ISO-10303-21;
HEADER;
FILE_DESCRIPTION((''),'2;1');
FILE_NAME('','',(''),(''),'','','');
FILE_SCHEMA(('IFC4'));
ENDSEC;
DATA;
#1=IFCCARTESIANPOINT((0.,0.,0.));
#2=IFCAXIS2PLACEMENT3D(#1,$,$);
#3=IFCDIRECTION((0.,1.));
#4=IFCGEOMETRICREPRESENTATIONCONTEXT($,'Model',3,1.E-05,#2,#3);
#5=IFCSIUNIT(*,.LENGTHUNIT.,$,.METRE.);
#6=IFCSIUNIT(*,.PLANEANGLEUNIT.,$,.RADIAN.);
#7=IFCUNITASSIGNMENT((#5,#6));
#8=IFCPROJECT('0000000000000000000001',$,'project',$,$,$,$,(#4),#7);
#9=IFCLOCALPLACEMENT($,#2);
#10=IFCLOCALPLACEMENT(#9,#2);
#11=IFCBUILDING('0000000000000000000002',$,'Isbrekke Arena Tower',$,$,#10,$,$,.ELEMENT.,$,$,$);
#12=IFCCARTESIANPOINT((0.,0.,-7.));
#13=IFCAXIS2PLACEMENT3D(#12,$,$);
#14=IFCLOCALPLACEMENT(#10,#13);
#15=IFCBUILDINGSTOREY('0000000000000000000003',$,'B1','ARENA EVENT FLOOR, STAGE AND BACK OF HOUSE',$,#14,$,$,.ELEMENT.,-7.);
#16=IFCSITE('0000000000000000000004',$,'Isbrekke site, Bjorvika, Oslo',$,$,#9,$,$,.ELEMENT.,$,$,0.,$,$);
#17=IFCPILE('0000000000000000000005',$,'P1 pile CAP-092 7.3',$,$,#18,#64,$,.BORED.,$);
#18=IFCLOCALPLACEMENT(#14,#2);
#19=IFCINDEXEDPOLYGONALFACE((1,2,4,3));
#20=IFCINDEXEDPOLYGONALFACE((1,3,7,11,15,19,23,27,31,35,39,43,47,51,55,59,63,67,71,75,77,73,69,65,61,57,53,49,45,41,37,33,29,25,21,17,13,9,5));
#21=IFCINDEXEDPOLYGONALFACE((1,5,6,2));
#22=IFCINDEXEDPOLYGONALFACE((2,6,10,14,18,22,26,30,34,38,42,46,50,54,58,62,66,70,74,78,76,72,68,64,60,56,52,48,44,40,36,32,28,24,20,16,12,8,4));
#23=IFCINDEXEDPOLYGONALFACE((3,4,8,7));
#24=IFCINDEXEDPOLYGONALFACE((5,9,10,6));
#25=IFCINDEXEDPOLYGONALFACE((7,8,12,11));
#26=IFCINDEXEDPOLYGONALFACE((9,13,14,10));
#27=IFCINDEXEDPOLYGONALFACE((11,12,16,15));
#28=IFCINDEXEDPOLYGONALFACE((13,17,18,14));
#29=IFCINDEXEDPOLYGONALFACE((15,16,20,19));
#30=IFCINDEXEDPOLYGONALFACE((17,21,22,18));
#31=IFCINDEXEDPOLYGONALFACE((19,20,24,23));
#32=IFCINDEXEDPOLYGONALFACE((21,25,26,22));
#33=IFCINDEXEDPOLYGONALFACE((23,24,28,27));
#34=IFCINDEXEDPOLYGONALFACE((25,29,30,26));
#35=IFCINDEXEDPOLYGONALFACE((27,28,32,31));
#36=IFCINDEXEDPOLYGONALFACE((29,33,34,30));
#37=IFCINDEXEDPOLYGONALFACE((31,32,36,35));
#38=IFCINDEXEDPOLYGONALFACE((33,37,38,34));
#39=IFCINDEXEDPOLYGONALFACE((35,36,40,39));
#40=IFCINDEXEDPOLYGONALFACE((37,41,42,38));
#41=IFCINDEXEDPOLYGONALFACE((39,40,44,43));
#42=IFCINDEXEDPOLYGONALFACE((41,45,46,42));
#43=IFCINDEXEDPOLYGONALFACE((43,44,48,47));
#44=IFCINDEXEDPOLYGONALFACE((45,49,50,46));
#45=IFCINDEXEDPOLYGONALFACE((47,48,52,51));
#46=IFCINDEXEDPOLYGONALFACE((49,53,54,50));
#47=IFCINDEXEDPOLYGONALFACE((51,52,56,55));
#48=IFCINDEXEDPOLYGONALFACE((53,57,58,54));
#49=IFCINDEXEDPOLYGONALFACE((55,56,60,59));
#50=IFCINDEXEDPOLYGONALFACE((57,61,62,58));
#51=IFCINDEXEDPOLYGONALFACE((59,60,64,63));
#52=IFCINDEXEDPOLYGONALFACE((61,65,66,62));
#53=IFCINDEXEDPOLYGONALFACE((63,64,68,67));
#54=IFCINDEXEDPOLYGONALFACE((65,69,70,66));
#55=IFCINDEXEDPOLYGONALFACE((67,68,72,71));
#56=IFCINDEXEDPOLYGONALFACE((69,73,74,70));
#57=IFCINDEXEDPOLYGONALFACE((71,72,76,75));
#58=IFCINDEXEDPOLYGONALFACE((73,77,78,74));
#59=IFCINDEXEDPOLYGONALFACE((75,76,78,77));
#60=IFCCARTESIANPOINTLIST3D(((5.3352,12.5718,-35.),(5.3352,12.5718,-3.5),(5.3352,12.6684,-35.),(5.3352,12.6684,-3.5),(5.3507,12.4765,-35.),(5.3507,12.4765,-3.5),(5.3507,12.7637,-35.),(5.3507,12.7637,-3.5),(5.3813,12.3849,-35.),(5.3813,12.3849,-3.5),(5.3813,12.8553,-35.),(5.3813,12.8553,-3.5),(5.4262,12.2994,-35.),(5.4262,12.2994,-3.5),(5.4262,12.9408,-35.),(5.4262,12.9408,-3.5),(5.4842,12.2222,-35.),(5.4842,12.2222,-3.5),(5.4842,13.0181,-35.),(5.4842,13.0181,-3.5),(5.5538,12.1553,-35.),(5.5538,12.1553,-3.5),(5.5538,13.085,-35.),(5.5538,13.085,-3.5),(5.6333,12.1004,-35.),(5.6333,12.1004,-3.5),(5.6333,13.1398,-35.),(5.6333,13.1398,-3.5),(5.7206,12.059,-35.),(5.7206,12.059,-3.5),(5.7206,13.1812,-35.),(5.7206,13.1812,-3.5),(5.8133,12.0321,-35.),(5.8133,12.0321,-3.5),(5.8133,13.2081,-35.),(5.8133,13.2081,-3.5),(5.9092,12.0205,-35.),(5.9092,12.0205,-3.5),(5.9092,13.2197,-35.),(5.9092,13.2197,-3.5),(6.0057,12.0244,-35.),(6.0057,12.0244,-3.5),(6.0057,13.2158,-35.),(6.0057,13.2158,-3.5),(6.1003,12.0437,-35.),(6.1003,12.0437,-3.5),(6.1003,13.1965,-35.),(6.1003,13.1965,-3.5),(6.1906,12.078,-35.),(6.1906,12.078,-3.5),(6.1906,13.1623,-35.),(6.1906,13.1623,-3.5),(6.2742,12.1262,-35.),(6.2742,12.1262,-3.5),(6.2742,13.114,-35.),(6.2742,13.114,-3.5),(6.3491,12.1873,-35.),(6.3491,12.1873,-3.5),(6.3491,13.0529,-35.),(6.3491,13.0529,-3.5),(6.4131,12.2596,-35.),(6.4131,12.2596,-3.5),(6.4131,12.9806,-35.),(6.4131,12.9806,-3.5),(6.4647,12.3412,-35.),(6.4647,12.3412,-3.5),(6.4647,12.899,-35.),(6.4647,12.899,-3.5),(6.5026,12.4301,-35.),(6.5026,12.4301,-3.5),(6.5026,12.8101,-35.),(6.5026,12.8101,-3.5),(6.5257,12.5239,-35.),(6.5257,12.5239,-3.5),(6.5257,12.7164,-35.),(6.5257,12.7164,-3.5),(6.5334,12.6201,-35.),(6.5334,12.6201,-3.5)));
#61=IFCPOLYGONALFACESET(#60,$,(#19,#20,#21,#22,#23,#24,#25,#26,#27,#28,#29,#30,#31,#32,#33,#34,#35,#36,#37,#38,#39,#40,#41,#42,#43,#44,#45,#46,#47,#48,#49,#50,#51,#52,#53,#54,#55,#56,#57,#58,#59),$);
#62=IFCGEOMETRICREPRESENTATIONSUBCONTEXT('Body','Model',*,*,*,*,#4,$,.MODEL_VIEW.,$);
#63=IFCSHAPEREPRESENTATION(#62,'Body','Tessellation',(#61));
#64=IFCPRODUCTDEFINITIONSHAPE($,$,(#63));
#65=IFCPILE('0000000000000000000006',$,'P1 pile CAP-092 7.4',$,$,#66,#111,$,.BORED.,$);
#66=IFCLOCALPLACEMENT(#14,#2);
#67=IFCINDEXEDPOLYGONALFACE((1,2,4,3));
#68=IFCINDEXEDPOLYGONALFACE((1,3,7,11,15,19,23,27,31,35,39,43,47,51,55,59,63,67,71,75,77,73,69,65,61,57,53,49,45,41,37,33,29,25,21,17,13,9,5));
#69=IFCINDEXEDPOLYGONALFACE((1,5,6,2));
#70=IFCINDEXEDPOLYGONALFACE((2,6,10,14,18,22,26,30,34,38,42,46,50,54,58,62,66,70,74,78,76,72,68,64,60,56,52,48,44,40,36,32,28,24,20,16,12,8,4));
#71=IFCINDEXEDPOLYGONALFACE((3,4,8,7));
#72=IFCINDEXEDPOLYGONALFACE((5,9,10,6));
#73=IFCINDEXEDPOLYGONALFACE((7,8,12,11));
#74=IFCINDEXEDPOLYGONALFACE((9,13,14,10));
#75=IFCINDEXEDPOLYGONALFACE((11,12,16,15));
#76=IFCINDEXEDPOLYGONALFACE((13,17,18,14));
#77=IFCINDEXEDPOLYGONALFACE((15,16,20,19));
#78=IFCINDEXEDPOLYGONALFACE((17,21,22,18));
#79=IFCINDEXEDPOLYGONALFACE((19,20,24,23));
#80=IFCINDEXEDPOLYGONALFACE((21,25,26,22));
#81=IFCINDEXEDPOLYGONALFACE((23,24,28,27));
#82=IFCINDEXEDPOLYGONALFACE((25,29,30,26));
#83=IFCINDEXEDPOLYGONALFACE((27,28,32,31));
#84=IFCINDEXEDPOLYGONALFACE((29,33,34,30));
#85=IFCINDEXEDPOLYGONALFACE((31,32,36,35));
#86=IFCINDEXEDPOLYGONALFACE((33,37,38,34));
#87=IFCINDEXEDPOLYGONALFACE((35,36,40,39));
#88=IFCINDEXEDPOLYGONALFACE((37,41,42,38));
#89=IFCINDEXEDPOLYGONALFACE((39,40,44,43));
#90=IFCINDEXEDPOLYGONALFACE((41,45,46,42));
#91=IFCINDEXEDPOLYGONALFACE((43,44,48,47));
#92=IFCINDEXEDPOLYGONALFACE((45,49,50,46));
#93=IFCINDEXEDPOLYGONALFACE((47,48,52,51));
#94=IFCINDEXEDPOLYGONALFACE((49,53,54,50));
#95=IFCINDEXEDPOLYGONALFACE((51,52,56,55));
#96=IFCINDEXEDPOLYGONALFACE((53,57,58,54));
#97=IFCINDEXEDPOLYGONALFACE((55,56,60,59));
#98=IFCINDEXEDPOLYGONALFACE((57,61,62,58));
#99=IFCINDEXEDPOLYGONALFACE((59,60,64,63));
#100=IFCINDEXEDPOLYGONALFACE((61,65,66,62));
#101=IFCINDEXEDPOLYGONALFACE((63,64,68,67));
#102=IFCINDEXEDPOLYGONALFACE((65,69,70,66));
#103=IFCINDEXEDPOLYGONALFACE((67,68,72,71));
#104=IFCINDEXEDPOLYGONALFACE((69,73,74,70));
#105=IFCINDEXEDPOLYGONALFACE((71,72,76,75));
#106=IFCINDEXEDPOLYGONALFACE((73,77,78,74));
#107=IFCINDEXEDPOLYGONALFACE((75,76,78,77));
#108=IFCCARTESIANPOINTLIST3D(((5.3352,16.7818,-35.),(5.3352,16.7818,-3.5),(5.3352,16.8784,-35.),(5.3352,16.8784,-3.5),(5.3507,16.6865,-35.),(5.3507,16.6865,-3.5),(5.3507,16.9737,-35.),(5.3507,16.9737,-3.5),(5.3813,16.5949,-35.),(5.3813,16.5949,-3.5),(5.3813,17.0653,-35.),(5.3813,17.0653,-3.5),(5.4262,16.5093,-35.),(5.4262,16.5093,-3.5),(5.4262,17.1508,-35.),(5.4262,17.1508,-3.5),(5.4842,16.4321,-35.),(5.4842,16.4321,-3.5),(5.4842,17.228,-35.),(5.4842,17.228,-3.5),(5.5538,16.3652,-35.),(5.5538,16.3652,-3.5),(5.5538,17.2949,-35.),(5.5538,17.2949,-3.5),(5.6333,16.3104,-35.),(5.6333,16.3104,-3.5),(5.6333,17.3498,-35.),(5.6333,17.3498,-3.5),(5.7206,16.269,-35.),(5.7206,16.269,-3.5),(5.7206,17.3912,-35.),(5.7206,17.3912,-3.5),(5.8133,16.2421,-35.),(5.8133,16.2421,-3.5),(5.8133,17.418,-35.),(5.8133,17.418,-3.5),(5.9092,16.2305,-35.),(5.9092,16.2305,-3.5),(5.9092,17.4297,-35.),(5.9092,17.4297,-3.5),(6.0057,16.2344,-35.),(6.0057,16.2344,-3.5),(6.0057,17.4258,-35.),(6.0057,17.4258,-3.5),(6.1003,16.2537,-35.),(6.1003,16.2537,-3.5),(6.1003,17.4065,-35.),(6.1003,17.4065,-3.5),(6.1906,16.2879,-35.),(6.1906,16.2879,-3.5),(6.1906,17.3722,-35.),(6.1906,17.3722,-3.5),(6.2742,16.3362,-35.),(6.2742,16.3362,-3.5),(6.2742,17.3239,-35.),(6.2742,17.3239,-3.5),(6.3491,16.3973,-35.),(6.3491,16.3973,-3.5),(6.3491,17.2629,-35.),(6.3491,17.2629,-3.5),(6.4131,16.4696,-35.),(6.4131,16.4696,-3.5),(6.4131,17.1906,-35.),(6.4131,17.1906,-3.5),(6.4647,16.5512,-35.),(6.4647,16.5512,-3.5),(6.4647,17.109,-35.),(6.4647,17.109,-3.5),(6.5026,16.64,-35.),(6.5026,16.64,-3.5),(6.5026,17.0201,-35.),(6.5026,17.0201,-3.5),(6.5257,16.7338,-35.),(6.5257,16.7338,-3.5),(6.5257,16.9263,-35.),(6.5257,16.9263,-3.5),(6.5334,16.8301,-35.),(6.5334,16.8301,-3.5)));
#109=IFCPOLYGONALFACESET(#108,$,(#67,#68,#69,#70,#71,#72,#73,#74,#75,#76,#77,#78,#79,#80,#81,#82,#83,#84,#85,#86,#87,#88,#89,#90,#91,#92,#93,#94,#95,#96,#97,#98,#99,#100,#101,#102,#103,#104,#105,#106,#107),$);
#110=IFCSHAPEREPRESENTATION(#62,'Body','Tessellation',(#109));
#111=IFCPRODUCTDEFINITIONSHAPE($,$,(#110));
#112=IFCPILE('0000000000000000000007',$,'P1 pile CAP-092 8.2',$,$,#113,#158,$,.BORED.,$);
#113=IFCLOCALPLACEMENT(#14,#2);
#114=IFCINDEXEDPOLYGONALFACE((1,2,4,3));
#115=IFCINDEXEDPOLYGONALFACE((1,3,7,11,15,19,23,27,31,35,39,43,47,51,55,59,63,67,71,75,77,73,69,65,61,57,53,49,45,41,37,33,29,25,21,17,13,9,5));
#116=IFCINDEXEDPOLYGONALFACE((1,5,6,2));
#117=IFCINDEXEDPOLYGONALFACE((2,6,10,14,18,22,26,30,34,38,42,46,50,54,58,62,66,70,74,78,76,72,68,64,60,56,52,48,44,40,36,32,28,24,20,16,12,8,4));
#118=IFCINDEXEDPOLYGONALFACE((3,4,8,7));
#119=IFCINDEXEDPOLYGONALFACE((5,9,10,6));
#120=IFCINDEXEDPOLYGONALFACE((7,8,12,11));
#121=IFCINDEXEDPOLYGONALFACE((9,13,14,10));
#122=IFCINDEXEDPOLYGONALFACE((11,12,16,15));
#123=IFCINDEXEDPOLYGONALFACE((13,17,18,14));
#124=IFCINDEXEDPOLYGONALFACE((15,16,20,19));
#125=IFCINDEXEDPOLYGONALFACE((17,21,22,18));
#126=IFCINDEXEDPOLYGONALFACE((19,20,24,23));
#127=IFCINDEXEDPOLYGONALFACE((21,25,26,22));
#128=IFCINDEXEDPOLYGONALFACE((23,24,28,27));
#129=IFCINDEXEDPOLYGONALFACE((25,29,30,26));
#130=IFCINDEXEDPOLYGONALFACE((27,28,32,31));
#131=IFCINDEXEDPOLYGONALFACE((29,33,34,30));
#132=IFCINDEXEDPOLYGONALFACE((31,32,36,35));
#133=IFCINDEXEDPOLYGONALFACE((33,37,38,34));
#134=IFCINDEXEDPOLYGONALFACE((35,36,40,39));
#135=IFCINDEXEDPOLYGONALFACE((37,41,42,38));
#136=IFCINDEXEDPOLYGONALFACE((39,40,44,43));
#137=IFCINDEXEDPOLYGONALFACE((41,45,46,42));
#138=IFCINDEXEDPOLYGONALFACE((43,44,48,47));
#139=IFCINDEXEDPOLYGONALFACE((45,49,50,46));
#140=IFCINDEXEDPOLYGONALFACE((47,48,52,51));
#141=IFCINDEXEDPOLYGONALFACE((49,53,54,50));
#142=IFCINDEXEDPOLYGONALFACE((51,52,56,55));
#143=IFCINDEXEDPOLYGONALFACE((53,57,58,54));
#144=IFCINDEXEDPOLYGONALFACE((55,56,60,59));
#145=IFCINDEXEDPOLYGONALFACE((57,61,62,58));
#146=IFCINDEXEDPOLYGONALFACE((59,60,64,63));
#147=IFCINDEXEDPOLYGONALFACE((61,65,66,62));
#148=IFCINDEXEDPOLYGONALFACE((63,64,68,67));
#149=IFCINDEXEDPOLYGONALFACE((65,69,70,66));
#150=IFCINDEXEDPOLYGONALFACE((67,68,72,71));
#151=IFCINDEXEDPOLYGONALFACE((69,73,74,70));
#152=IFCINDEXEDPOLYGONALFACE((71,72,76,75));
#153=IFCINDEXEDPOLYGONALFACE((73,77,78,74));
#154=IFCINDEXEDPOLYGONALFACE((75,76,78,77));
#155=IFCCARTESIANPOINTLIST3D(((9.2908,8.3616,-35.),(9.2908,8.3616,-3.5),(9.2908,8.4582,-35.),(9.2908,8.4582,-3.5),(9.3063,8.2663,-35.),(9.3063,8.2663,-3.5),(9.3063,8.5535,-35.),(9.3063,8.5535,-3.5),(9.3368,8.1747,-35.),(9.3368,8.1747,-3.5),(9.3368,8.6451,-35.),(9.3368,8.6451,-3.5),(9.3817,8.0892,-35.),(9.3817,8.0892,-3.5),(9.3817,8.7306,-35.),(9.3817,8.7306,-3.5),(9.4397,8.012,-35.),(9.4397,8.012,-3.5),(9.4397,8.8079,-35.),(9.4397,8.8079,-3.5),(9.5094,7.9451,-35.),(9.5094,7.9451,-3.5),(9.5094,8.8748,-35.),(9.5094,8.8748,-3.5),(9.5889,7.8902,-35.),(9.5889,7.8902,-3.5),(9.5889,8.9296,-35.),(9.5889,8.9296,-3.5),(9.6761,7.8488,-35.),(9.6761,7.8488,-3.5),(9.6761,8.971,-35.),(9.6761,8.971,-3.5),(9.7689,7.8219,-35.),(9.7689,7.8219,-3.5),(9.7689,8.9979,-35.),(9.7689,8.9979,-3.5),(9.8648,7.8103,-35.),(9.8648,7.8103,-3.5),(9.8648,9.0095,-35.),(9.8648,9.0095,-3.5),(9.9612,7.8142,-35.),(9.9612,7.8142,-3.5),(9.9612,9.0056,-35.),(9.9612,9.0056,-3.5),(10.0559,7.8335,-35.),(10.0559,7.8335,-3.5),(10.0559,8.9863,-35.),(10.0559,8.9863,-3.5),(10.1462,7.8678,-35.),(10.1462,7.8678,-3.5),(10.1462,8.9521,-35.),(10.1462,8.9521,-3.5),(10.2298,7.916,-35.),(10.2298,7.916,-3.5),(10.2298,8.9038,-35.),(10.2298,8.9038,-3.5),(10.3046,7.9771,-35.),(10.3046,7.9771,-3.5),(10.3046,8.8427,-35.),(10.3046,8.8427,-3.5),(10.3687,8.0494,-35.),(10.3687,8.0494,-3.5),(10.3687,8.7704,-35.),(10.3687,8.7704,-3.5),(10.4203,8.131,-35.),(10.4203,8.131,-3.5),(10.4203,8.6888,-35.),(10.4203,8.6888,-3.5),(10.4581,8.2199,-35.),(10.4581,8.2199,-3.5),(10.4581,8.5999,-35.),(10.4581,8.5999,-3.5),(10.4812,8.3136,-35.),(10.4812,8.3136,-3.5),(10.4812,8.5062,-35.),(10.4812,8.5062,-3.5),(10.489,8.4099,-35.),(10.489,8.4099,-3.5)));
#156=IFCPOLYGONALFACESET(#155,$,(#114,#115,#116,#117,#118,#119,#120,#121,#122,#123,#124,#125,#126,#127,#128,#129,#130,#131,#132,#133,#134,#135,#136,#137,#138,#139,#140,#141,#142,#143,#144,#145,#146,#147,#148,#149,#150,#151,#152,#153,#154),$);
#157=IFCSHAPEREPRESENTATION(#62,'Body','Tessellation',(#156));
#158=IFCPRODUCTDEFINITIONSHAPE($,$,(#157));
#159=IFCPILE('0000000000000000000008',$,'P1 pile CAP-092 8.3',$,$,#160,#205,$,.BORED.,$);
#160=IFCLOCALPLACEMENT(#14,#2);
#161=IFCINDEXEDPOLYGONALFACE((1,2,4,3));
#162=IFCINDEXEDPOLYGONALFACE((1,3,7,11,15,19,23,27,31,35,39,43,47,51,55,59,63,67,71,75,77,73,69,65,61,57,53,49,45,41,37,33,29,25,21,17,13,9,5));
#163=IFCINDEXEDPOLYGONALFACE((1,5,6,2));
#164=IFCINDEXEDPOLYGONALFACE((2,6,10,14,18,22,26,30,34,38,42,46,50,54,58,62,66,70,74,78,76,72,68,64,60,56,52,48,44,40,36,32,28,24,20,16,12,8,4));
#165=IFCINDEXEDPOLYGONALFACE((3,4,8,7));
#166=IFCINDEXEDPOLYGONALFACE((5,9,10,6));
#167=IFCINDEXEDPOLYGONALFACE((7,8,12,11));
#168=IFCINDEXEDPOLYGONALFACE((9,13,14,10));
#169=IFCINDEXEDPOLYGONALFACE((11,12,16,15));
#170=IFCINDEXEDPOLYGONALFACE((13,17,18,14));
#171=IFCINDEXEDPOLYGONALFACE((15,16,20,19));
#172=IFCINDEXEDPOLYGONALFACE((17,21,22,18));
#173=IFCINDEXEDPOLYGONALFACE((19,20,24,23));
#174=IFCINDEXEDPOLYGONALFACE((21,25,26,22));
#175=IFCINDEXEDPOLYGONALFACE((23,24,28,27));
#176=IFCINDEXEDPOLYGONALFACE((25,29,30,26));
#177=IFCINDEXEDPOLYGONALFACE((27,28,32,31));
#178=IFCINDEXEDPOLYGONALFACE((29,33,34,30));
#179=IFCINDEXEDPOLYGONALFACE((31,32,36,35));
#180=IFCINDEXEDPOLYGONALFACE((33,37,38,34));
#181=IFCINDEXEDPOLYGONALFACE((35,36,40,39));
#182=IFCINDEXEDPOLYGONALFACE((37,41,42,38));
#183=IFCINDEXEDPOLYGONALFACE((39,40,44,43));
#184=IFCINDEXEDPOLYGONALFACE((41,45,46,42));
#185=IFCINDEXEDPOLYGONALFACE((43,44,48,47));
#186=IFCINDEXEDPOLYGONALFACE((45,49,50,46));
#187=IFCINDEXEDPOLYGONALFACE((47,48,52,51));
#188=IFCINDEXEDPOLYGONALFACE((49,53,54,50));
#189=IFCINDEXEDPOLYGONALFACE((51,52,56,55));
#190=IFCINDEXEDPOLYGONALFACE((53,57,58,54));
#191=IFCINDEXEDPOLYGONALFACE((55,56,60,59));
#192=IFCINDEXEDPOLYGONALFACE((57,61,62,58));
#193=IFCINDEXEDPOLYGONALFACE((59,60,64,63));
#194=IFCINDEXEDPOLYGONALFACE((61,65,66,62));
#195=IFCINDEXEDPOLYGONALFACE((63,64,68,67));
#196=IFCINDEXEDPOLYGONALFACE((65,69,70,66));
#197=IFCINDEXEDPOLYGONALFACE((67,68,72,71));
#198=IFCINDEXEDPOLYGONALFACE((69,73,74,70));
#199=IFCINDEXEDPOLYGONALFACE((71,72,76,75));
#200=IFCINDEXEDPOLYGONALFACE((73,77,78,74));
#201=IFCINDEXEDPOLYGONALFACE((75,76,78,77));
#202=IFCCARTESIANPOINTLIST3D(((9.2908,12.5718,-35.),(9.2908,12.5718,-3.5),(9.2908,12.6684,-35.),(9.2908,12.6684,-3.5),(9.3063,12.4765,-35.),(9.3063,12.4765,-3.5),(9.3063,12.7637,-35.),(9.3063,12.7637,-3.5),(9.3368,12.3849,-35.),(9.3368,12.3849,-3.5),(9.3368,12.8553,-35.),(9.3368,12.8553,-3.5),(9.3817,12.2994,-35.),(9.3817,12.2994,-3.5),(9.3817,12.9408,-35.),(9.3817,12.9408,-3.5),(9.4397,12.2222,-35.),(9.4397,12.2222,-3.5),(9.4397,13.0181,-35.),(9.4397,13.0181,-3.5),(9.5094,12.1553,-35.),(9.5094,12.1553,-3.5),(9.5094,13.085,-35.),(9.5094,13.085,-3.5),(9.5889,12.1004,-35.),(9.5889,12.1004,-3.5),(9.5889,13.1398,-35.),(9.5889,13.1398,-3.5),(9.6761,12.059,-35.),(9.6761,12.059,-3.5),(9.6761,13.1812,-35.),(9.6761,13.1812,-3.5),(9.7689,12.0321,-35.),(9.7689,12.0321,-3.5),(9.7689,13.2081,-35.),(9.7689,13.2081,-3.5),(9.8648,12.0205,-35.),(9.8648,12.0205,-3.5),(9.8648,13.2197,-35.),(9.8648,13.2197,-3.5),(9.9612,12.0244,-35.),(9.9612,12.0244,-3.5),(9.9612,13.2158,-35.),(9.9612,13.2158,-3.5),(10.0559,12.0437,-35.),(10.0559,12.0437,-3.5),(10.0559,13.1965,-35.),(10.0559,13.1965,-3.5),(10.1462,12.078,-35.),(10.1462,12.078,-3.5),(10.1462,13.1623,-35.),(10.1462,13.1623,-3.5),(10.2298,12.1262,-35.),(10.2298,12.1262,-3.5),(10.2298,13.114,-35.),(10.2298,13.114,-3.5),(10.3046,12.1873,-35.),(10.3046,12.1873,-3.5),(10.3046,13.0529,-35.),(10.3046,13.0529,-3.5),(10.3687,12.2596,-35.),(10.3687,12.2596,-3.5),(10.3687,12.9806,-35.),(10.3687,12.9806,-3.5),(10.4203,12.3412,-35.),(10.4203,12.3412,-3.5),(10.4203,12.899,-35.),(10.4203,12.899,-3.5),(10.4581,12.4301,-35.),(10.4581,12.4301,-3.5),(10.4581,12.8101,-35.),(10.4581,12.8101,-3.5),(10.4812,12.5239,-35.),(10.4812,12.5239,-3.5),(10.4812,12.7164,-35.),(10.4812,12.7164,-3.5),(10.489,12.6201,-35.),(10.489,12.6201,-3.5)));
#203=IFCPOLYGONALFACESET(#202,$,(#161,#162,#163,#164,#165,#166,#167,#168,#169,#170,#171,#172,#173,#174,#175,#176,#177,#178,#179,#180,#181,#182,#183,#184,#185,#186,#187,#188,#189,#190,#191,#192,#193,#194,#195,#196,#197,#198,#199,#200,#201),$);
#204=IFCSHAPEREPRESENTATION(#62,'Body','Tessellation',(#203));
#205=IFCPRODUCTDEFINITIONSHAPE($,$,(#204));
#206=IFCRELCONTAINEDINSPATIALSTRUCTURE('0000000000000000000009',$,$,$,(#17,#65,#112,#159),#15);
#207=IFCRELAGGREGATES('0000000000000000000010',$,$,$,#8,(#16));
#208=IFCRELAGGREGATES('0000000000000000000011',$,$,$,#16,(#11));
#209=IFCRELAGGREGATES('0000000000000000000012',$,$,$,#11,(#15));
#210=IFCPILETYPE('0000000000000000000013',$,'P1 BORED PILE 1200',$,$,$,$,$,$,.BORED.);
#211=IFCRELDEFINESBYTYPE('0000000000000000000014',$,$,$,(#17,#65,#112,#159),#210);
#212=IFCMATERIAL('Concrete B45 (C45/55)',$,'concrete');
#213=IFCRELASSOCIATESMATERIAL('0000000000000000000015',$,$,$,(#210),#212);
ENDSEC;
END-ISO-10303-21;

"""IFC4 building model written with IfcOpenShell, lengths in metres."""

from ifc_helpers import new_model, si_unit, direction, frame, origin, origin_2d, place, context, subcontext, project, spatial, circle, extrude, material, material_profile, profile_set, type_object, element, save


model = new_model("IFC4")

# Units and contexts
model_context = context("Model", 3, precision=1e-05, world=origin(), true_north=direction((0.0, 1.0)))
body_context = subcontext(model_context, "Body", "Model", "MODEL_VIEW")
ifc_project = project(units=[si_unit("LENGTHUNIT", "METRE"), si_unit("PLANEANGLEUNIT", "RADIAN")], contexts=[model_context])

# Site, building, storey
site_placement = place(None, origin())
site = spatial("IfcSite", under=ifc_project, at=site_placement, Name="Isbrekke site, Bjorvika, Oslo", CompositionType="ELEMENT", RefElevation=0.0)
building_placement = place(site_placement, origin())
building = spatial("IfcBuilding", under=site, at=building_placement, Name="Isbrekke Arena Tower", CompositionType="ELEMENT")
storey_placement = place(building_placement, frame((0.0, 0.0, -7.0)))
storey = spatial("IfcBuildingStorey", under=building, at=storey_placement, Name="B1", Description="ARENA EVENT FLOOR, STAGE AND BACK OF HOUSE", CompositionType="ELEMENT", Elevation=-7.0)

# Piles
ifc_material_1 = material(Name="Concrete B45 (C45/55)", Category="concrete")
ifc_material_profile = material_profile(ifc_material_1, circle(Radius=0.6001, at=origin_2d()), Name="BORED PILE D1200")
ifc_profile_set = profile_set([ifc_material_profile], Name="Concrete B45 (C45/55)")
pile_type = type_object("IfcPileType", Name="P1 BORED PILE 1200", PredefinedType="BORED", material=ifc_profile_set)
for number, where, z_axis, x_axis, name in (
    (1, (5.9333, 12.6201, -3.5), (0.0, 0.0, -1.0), (1.0, 0.0, 0.0), "P1 pile CAP-092 7.3"),
    (2, (5.9333, 16.8301, -3.5), (0.0, 0.0, -1.0), (1.0, 0.0, 0.0), "P1 pile CAP-092 7.4"),
    (3, (9.8889, 8.4099, -3.5), (0.0, 0.0, -1.0), (1.0, 0.0, 0.0), "P1 pile CAP-092 8.2"),
    (4, (9.8889, 12.6201, -3.5), (0.0, 0.0, -1.0), (1.0, 0.0, 0.0), "P1 pile CAP-092 8.3"),
):
    element("IfcPile", number, at=place(storey_placement, frame(where, z_axis=z_axis, x_axis=x_axis)), inside=storey, type_object=pile_type, Name=name, PredefinedType="BORED", context=body_context, shape_type="SweptSolid", body=[
        extrude(circle(Radius=0.6001, at=origin_2d()), origin(), (0.0, 0.0, 1.0), 31.5),
    ])

save(model, "model.ifc")
